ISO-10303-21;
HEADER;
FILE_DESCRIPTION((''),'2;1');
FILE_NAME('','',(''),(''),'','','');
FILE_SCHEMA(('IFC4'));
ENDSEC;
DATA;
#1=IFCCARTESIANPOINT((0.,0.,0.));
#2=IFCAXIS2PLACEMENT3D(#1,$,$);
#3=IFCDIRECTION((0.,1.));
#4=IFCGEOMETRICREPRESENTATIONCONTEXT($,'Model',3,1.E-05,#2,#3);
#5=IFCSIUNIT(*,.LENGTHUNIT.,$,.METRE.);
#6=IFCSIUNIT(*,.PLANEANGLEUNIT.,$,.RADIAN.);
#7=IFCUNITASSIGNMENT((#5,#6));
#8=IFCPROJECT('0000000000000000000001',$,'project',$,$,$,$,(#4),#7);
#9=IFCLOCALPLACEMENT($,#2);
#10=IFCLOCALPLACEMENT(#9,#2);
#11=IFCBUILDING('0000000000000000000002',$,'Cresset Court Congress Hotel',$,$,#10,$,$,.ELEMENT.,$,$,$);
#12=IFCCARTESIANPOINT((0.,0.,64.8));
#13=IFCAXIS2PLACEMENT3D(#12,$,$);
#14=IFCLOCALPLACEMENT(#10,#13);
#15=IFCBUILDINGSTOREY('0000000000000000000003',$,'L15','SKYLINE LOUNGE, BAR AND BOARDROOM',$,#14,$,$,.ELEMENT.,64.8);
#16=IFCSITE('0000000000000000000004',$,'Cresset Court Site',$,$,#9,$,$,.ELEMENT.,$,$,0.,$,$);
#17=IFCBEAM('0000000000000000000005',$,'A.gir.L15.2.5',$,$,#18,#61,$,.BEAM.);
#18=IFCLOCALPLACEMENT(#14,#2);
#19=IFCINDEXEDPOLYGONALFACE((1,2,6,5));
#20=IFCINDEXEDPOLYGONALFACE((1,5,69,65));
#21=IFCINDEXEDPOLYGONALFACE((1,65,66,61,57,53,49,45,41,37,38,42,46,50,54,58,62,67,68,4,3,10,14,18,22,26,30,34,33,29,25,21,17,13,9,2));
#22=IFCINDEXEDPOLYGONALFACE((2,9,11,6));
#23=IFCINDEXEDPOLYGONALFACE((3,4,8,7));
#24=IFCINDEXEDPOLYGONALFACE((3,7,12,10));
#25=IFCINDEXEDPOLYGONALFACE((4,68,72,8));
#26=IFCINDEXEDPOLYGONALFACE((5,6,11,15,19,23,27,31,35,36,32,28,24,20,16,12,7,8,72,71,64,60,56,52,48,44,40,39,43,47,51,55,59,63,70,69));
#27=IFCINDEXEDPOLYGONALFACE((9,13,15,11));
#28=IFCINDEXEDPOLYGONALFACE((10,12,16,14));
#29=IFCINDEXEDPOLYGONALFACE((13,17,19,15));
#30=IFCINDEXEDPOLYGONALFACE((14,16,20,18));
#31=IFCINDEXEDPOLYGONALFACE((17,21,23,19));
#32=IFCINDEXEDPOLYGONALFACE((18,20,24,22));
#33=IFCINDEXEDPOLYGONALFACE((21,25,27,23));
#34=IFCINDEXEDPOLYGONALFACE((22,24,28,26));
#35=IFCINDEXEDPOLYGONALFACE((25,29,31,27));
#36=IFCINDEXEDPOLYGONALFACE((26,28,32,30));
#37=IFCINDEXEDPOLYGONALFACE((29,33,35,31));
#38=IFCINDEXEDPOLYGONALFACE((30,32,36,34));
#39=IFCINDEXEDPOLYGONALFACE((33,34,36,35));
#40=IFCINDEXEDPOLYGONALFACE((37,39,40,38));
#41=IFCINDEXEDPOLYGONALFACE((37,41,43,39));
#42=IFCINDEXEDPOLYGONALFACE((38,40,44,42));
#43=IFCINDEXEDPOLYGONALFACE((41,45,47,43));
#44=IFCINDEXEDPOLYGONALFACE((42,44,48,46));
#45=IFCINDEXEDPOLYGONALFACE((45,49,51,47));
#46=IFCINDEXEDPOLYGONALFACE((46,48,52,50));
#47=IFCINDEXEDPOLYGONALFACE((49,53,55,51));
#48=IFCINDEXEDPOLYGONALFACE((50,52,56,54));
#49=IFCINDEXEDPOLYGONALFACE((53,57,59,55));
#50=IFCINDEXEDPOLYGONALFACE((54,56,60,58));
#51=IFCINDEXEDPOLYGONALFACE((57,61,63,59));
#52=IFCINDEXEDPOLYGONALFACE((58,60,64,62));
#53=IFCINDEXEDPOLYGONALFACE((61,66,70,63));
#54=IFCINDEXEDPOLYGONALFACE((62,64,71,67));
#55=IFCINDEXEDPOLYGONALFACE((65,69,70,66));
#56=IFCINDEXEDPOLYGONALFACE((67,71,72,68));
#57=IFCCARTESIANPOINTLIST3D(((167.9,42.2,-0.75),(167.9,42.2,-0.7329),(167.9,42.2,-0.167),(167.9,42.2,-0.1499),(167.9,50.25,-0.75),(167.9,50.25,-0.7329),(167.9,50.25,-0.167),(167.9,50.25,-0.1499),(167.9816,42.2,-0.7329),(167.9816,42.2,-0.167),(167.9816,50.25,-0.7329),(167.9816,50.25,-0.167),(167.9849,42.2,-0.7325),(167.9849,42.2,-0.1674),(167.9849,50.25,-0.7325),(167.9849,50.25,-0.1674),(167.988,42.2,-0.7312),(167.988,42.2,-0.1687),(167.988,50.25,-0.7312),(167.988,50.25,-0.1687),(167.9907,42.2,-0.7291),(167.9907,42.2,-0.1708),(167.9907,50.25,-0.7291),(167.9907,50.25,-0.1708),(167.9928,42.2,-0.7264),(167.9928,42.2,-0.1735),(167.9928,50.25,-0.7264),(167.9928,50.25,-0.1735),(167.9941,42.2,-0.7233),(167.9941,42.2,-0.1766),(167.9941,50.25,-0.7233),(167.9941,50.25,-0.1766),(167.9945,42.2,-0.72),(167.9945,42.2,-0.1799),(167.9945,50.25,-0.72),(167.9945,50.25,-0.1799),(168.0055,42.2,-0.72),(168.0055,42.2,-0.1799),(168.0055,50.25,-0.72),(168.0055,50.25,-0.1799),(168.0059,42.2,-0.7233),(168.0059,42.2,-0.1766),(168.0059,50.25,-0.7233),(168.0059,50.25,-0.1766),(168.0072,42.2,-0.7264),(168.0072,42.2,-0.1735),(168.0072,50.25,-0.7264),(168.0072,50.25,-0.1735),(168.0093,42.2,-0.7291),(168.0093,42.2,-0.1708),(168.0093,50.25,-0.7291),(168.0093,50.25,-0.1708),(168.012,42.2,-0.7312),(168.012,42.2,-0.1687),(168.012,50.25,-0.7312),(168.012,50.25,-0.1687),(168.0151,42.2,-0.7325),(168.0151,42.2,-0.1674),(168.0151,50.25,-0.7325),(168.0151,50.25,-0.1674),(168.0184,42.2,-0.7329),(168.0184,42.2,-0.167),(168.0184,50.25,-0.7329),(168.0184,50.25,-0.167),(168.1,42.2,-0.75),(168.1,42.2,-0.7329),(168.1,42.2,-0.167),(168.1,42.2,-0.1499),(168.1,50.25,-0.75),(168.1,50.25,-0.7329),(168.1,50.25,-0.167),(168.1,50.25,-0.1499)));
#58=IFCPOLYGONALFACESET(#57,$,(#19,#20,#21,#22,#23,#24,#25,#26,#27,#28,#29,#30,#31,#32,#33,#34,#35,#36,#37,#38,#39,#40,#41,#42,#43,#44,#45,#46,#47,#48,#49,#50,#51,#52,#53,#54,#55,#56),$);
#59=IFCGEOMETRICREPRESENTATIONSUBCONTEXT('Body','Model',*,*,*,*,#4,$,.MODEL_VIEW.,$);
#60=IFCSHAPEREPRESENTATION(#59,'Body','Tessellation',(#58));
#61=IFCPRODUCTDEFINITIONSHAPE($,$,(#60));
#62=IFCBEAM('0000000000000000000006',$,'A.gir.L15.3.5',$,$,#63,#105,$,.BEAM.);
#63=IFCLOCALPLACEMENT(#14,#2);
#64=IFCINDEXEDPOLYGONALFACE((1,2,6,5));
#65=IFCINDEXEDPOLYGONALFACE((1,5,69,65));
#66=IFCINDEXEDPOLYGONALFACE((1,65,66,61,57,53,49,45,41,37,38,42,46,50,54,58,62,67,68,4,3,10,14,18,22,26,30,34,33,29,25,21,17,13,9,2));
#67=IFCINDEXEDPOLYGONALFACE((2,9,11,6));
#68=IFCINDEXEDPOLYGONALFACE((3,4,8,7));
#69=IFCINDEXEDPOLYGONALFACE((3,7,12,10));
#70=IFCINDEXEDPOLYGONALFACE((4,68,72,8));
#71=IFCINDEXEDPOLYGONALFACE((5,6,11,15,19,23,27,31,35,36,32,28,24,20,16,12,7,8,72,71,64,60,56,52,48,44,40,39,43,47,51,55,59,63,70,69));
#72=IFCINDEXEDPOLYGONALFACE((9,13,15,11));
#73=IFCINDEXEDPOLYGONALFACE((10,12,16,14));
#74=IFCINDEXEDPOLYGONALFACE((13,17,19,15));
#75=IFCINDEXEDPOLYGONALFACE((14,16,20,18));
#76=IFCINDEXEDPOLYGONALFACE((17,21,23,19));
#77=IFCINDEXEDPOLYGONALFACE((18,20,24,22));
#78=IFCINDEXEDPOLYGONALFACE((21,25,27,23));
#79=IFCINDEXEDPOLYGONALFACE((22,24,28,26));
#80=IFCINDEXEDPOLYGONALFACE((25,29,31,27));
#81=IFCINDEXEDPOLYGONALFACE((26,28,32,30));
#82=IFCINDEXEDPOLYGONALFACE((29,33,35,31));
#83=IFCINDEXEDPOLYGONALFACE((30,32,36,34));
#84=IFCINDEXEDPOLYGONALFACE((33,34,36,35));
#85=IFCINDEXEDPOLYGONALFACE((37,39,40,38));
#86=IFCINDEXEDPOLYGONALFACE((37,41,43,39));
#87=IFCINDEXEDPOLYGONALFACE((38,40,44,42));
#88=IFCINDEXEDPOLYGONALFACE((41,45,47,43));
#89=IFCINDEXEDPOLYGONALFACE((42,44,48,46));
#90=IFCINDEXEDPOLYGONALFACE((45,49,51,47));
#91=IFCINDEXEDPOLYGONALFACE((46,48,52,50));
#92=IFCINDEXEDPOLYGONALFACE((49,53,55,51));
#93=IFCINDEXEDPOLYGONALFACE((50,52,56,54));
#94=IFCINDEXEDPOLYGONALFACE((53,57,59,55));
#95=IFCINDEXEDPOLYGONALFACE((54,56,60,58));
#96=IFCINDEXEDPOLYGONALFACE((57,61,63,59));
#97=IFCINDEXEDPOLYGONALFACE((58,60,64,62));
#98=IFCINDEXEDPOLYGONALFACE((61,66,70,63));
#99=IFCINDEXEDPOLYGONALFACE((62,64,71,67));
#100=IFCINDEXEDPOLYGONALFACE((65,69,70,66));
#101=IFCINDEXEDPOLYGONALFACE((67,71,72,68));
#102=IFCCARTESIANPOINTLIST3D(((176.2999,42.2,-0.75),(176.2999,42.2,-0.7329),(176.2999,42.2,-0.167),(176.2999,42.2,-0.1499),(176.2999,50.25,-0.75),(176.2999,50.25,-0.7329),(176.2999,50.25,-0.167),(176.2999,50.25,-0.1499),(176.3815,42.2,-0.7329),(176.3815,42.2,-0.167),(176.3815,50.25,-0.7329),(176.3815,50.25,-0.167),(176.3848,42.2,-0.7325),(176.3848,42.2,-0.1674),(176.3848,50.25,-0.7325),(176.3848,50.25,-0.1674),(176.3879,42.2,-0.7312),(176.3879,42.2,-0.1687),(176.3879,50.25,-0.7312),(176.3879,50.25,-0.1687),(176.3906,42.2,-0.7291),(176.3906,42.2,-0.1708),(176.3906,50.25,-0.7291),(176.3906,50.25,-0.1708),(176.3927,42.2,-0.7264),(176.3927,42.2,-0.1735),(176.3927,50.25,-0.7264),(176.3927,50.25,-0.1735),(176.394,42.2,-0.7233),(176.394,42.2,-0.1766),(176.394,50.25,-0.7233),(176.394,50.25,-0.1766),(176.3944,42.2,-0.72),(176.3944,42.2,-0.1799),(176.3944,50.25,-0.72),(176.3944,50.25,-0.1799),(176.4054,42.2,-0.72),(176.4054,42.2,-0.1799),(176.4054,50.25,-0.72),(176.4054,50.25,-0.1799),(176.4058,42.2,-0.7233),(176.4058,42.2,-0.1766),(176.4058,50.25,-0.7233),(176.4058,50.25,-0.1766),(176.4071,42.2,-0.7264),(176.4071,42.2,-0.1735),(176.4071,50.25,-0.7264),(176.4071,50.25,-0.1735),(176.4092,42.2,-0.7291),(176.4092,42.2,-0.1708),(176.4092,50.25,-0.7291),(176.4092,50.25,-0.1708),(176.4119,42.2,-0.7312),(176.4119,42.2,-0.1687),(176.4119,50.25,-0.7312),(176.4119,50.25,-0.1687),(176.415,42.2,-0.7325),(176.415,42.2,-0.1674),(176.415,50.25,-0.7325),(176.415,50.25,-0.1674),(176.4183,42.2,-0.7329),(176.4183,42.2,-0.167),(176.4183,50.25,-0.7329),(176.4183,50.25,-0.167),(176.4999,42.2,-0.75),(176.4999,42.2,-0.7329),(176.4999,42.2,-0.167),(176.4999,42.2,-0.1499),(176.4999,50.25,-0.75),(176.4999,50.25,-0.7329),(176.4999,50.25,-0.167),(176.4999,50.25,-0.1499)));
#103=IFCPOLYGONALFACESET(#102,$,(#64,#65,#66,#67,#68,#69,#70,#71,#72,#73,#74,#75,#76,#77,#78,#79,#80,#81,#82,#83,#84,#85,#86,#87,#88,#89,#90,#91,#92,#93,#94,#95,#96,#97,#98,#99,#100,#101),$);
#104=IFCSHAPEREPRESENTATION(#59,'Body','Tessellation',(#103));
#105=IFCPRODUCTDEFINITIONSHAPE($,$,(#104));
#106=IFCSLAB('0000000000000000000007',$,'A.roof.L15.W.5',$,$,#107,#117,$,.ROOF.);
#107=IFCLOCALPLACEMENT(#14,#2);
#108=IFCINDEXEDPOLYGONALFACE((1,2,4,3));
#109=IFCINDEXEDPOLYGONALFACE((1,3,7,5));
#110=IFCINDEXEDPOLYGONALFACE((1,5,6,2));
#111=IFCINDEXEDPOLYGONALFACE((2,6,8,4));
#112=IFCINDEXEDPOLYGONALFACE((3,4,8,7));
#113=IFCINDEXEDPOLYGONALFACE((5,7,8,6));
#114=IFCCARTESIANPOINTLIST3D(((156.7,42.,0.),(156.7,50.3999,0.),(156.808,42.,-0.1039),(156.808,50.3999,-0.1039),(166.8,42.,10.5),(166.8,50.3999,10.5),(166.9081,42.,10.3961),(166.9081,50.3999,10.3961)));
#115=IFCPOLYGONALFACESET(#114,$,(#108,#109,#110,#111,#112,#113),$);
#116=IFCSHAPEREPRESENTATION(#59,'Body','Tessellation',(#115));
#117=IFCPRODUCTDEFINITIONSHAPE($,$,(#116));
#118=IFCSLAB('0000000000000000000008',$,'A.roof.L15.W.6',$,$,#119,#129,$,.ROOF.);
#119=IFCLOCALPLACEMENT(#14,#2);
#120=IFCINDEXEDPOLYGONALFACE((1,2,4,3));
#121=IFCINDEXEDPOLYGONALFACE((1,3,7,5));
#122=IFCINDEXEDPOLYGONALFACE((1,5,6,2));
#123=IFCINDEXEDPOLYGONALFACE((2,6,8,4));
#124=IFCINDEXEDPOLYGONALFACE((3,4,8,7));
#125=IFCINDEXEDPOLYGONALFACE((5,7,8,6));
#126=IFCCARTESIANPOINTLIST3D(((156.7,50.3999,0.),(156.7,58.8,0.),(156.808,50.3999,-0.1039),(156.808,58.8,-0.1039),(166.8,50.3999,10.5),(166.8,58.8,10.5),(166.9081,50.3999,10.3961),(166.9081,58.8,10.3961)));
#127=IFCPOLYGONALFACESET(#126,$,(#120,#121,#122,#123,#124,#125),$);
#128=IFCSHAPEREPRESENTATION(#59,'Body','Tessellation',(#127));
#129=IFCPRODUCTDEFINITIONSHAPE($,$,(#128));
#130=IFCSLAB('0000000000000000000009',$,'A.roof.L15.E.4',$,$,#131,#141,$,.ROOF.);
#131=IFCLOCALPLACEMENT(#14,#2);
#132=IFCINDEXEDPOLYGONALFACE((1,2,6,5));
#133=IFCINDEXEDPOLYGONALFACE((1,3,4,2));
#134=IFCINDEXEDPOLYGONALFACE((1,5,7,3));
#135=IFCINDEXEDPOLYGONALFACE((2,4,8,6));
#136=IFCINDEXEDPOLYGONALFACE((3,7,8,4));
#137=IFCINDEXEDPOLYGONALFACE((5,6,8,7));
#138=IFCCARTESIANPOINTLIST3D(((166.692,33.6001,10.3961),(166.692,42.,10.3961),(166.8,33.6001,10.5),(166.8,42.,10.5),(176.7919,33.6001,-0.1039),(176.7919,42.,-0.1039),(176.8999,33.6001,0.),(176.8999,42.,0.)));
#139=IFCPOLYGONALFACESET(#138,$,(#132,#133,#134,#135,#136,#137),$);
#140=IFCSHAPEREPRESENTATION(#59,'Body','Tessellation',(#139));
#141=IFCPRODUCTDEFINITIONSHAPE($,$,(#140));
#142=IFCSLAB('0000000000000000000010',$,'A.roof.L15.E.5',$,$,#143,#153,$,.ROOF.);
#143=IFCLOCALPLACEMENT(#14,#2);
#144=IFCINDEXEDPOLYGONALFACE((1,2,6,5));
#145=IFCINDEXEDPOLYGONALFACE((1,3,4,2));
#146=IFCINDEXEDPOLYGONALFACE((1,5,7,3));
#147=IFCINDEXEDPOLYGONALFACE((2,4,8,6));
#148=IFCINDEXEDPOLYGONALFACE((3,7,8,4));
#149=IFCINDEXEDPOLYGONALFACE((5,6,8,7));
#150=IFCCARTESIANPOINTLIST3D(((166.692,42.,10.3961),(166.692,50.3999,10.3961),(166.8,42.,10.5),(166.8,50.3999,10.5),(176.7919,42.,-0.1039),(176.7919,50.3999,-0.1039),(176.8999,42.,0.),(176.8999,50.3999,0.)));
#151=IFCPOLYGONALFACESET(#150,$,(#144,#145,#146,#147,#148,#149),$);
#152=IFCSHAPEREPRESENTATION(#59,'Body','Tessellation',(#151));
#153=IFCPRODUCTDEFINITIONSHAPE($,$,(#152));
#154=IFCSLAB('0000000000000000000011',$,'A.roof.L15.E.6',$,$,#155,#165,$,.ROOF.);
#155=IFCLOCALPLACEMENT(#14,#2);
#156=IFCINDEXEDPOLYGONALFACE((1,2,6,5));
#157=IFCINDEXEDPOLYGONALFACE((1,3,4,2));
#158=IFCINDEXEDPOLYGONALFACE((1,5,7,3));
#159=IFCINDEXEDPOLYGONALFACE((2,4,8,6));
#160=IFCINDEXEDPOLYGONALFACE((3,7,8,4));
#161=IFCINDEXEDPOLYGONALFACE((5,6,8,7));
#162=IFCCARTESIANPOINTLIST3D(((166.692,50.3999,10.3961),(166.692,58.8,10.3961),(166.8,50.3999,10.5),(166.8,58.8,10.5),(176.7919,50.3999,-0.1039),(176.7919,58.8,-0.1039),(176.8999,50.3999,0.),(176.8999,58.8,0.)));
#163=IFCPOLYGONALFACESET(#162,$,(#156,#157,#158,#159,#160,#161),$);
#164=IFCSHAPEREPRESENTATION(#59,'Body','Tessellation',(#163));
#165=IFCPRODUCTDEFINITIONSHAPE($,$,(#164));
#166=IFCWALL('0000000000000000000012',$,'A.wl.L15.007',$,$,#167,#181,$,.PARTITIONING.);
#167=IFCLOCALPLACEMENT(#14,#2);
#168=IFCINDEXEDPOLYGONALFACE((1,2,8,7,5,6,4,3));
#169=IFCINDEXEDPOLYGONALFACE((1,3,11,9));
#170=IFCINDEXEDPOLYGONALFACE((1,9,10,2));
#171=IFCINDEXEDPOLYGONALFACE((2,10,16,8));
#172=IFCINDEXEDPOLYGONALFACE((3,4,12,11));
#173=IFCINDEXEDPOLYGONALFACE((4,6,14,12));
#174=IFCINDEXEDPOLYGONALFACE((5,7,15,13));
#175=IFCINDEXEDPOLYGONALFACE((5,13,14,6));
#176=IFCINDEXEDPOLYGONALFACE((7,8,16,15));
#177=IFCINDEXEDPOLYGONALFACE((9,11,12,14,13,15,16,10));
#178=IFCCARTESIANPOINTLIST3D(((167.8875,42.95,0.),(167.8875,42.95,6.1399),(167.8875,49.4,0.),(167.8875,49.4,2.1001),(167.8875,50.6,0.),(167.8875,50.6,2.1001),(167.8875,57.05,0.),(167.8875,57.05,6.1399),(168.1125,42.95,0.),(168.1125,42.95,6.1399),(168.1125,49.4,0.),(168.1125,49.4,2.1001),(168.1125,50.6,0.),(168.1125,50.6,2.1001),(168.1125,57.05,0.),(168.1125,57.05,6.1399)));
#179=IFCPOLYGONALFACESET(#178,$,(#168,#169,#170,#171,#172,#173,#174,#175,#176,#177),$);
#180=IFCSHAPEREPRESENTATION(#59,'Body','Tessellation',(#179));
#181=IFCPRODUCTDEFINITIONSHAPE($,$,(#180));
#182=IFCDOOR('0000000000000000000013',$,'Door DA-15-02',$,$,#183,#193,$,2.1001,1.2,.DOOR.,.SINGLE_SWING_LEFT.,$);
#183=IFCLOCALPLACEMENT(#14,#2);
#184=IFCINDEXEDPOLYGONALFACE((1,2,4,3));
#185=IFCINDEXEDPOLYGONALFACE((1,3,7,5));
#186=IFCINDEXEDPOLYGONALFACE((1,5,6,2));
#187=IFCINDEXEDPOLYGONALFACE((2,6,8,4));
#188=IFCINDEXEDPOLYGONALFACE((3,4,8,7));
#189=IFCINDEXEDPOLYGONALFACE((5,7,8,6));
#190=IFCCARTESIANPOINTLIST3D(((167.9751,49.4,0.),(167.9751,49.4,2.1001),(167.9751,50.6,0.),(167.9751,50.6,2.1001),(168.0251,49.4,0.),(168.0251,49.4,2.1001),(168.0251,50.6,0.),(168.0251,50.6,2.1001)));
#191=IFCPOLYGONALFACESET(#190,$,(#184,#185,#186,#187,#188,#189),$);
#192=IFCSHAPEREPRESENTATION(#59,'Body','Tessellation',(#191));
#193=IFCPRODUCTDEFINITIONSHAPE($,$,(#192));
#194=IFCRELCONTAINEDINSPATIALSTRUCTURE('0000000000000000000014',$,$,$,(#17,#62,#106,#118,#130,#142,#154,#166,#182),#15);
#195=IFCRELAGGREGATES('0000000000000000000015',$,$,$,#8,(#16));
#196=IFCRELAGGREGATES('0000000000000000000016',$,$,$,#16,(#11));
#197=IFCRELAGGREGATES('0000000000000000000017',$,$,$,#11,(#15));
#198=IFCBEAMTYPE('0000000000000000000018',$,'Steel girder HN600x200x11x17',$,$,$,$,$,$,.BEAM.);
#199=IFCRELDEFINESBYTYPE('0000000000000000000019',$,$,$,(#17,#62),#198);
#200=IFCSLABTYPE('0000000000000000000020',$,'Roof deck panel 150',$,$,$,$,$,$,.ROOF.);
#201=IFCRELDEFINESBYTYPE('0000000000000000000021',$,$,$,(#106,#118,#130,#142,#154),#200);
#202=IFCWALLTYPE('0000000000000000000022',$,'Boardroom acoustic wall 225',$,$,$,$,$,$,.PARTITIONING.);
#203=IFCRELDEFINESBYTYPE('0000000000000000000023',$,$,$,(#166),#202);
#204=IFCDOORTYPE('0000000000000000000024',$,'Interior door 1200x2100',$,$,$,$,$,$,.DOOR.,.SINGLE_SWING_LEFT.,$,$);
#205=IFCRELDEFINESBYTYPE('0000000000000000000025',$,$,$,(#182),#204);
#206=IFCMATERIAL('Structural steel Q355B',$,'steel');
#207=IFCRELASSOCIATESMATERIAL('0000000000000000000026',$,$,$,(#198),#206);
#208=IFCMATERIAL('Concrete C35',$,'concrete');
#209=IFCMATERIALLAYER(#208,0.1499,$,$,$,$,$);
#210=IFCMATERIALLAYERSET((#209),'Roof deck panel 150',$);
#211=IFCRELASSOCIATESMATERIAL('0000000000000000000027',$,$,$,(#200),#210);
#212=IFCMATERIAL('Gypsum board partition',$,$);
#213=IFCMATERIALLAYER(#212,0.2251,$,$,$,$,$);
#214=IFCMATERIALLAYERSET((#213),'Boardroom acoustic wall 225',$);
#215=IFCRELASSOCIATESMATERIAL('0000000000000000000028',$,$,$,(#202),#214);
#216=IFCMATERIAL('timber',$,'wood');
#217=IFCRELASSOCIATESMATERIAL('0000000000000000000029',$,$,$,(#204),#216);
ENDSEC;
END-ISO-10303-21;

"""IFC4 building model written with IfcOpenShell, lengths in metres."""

from ifc_helpers import new_model, si_unit, direction, frame, frame_2d, origin, origin_2d, place, context, subcontext, project, spatial, polyline, rectangle, i_section, outline, extrude, material, layer, layer_set, material_profile, profile_set, type_object, element, fill, save


model = new_model("IFC4")

# Units and contexts
model_context = context("Model", 3, precision=1e-05, world=origin(), true_north=direction((0.0, 1.0)))
body_context = subcontext(model_context, "Body", "Model", "MODEL_VIEW")
ifc_project = project(units=[si_unit("LENGTHUNIT", "METRE"), si_unit("PLANEANGLEUNIT", "RADIAN")], contexts=[model_context])

# Site, building, storey
site_placement = place(None, origin())
site = spatial("IfcSite", under=ifc_project, at=site_placement, Name="Cresset Court Site", CompositionType="ELEMENT", RefElevation=0.0)
building_placement = place(site_placement, origin())
building = spatial("IfcBuilding", under=site, at=building_placement, Name="Cresset Court Congress Hotel", CompositionType="ELEMENT")
storey_placement = place(building_placement, frame((0.0, 0.0, 64.8)))
storey = spatial("IfcBuildingStorey", under=building, at=storey_placement, Name="L15", Description="SKYLINE LOUNGE, BAR AND BOARDROOM", CompositionType="ELEMENT", Elevation=64.8)

# Beams
ifc_material_1 = material(Name="Structural steel Q355B", Category="steel")
ifc_material_profile_1 = material_profile(ifc_material_1, i_section(OverallWidth=0.2, OverallDepth=0.6001, WebThickness=0.011, FlangeThickness=0.0171, FilletRadius=0.0129, at=origin_2d()), Name="HN600x200x11x17")
ifc_profile_set_1 = profile_set([ifc_material_profile_1], Name="Structural steel Q355B")
beam_type_1 = type_object("IfcBeamType", Name="Steel girder HN600x200x11x17", PredefinedType="BEAM", material=ifc_profile_set_1)
for number, where, z_axis, x_axis, name in (
    (1, (168.0, 42.2, -0.45), (0.0, 1.0, 0.0), (-1.0, 0.0, 0.0), "A.gir.L15.2.5"),
    (2, (176.3999, 42.2, -0.45), (0.0, 1.0, 0.0), (-1.0, 0.0, 0.0), "A.gir.L15.3.5"),
):
    element("IfcBeam", number, at=place(storey_placement, frame(where, z_axis=z_axis, x_axis=x_axis)), inside=storey, type_object=beam_type_1, Name=name, PredefinedType="BEAM", context=body_context, shape_type="SweptSolid", body=[
        extrude(i_section(OverallWidth=0.2, OverallDepth=0.6001, WebThickness=0.011, FlangeThickness=0.0171, FilletRadius=0.0129, at=origin_2d()), origin(), (0.0, 0.0, 1.0), 8.05),
    ])

# Slabs
ifc_material_2 = material(Name="Concrete C35", Category="concrete")
ifc_layer_1 = layer(ifc_material_2, 0.1499)
ifc_layer_set_1 = layer_set([ifc_layer_1], Name="Roof deck panel 150")
slab_type = type_object("IfcSlabType", Name="Roof deck panel 150", PredefinedType="ROOF", material=ifc_layer_set_1)
slab_1_placement = place(storey_placement, frame((166.8, 42.0, 10.5), z_axis=(-0.720698, 0.0, 0.693249), x_axis=(-0.693249, 0.0, -0.720698)))
element("IfcSlab", 3, at=slab_1_placement, inside=storey, type_object=slab_type, Name="A.roof.L15.W.5", PredefinedType="ROOF", context=body_context, shape_type="SweptSolid", body=[
    extrude(outline(polyline([(0.0, 0.0), (14.5692, 0.0), (14.5692, -8.3999), (0.0, -8.3999), (0.0, 0.0)])), origin(), (0.0, 0.0, -1.0), 0.1499),
])
slab_2_placement = place(storey_placement, frame((166.8, 50.3999, 10.5), z_axis=(-0.720698, 0.0, 0.693249), x_axis=(-0.693249, 0.0, -0.720698)))
element("IfcSlab", 4, at=slab_2_placement, inside=storey, type_object=slab_type, Name="A.roof.L15.W.6", PredefinedType="ROOF", context=body_context, shape_type="SweptSolid", body=[
    extrude(outline(polyline([(0.0, 0.0), (14.5692, 0.0), (14.5692, -8.4001), (0.0, -8.4001), (0.0, 0.0)])), origin(), (0.0, 0.0, -1.0), 0.1499),
])
for number, where, z_axis, x_axis, name in (
    (5, (166.8, 33.6001, 10.5), (0.720706, 0.0, 0.693241), (0.693241, 0.0, -0.720706), "A.roof.L15.E.4"),
    (6, (166.8, 42.0, 10.5), (0.720706, 0.0, 0.693241), (0.693241, 0.0, -0.720706), "A.roof.L15.E.5"),
):
    element("IfcSlab", number, at=place(storey_placement, frame(where, z_axis=z_axis, x_axis=x_axis)), inside=storey, type_object=slab_type, Name=name, PredefinedType="ROOF", context=body_context, shape_type="SweptSolid", body=[
        extrude(outline(polyline([(0.0, 0.0), (14.569, 0.0), (14.569, 8.3999), (0.0, 8.3999), (0.0, 0.0)])), origin(), (0.0, 0.0, -1.0), 0.1499),
    ])
slab_3_placement = place(storey_placement, frame((166.8, 50.3999, 10.5), z_axis=(0.720706, 0.0, 0.693241), x_axis=(0.693241, 0.0, -0.720706)))
element("IfcSlab", 7, at=slab_3_placement, inside=storey, type_object=slab_type, Name="A.roof.L15.E.6", PredefinedType="ROOF", context=body_context, shape_type="SweptSolid", body=[
    extrude(outline(polyline([(0.0, 0.0), (14.569, 0.0), (14.569, 8.4001), (0.0, 8.4001), (0.0, 0.0)])), origin(), (0.0, 0.0, -1.0), 0.1499),
])

# Wall, opening, door
ifc_material_3 = material(Name="Gypsum board partition")
ifc_layer_2 = layer(ifc_material_3, 0.2251)
ifc_layer_set_2 = layer_set([ifc_layer_2], Name="Boardroom acoustic wall 225")
wall_type_1 = type_object("IfcWallType", Name="Boardroom acoustic wall 225", PredefinedType="PARTITIONING", material=ifc_layer_set_2)
wall_1_placement = place(storey_placement, frame((168.0, 42.95, 0.0), z_axis=(0.0, 0.0, 1.0), x_axis=(0.0, 1.0, 0.0)))
wall_1 = element("IfcWall", 8, at=wall_1_placement, inside=storey, type_object=wall_type_1, Name="A.wl.L15.007", PredefinedType="PARTITIONING", context=body_context, shape_type="SweptSolid", body=[
    extrude(rectangle(XDim=14.1001, YDim=0.2251, at=frame_2d((7.05, 0.0))), origin(), (0.0, 0.0, 1.0), 6.1399),
])
opening_1_placement = place(wall_1_placement, frame((6.45, 0.0, 0.0)))
opening_1 = element("IfcOpeningElement", 9, at=opening_1_placement, cuts=wall_1, PredefinedType="OPENING", context=body_context, shape_type="SweptSolid", body=[
    extrude(rectangle(XDim=1.2, YDim=2.1001, at=frame_2d((0.6001, 1.05))), frame((0.0, 0.1226, 0.0), z_axis=(0.0, -1.0, 0.0), x_axis=(1.0, 0.0, 0.0)), (0.0, 0.0, 1.0), 0.2451),
])
ifc_material_4 = material(Name="timber", Category="wood")
door_type_1 = type_object("IfcDoorType", Name="Interior door 1200x2100", OperationType="SINGLE_SWING_LEFT", PredefinedType="DOOR", material=ifc_material_4)
door_1_placement = place(opening_1_placement, origin())
door_1 = element("IfcDoor", 10, at=door_1_placement, inside=storey, type_object=door_type_1, Name="Door DA-15-02", OperationType="SINGLE_SWING_LEFT", OverallHeight=2.1001, OverallWidth=1.2, PredefinedType="DOOR", context=body_context, shape_type="SweptSolid", body=[
    extrude(rectangle(XDim=1.2, YDim=2.1001, at=frame_2d((0.6001, 1.05))), frame((0.0, 0.0249, 0.0), z_axis=(0.0, -1.0, 0.0), x_axis=(1.0, 0.0, 0.0)), (0.0, 0.0, 1.0), 0.05),
])
fill(opening_1, door_1)

save(model, "model.ifc")
